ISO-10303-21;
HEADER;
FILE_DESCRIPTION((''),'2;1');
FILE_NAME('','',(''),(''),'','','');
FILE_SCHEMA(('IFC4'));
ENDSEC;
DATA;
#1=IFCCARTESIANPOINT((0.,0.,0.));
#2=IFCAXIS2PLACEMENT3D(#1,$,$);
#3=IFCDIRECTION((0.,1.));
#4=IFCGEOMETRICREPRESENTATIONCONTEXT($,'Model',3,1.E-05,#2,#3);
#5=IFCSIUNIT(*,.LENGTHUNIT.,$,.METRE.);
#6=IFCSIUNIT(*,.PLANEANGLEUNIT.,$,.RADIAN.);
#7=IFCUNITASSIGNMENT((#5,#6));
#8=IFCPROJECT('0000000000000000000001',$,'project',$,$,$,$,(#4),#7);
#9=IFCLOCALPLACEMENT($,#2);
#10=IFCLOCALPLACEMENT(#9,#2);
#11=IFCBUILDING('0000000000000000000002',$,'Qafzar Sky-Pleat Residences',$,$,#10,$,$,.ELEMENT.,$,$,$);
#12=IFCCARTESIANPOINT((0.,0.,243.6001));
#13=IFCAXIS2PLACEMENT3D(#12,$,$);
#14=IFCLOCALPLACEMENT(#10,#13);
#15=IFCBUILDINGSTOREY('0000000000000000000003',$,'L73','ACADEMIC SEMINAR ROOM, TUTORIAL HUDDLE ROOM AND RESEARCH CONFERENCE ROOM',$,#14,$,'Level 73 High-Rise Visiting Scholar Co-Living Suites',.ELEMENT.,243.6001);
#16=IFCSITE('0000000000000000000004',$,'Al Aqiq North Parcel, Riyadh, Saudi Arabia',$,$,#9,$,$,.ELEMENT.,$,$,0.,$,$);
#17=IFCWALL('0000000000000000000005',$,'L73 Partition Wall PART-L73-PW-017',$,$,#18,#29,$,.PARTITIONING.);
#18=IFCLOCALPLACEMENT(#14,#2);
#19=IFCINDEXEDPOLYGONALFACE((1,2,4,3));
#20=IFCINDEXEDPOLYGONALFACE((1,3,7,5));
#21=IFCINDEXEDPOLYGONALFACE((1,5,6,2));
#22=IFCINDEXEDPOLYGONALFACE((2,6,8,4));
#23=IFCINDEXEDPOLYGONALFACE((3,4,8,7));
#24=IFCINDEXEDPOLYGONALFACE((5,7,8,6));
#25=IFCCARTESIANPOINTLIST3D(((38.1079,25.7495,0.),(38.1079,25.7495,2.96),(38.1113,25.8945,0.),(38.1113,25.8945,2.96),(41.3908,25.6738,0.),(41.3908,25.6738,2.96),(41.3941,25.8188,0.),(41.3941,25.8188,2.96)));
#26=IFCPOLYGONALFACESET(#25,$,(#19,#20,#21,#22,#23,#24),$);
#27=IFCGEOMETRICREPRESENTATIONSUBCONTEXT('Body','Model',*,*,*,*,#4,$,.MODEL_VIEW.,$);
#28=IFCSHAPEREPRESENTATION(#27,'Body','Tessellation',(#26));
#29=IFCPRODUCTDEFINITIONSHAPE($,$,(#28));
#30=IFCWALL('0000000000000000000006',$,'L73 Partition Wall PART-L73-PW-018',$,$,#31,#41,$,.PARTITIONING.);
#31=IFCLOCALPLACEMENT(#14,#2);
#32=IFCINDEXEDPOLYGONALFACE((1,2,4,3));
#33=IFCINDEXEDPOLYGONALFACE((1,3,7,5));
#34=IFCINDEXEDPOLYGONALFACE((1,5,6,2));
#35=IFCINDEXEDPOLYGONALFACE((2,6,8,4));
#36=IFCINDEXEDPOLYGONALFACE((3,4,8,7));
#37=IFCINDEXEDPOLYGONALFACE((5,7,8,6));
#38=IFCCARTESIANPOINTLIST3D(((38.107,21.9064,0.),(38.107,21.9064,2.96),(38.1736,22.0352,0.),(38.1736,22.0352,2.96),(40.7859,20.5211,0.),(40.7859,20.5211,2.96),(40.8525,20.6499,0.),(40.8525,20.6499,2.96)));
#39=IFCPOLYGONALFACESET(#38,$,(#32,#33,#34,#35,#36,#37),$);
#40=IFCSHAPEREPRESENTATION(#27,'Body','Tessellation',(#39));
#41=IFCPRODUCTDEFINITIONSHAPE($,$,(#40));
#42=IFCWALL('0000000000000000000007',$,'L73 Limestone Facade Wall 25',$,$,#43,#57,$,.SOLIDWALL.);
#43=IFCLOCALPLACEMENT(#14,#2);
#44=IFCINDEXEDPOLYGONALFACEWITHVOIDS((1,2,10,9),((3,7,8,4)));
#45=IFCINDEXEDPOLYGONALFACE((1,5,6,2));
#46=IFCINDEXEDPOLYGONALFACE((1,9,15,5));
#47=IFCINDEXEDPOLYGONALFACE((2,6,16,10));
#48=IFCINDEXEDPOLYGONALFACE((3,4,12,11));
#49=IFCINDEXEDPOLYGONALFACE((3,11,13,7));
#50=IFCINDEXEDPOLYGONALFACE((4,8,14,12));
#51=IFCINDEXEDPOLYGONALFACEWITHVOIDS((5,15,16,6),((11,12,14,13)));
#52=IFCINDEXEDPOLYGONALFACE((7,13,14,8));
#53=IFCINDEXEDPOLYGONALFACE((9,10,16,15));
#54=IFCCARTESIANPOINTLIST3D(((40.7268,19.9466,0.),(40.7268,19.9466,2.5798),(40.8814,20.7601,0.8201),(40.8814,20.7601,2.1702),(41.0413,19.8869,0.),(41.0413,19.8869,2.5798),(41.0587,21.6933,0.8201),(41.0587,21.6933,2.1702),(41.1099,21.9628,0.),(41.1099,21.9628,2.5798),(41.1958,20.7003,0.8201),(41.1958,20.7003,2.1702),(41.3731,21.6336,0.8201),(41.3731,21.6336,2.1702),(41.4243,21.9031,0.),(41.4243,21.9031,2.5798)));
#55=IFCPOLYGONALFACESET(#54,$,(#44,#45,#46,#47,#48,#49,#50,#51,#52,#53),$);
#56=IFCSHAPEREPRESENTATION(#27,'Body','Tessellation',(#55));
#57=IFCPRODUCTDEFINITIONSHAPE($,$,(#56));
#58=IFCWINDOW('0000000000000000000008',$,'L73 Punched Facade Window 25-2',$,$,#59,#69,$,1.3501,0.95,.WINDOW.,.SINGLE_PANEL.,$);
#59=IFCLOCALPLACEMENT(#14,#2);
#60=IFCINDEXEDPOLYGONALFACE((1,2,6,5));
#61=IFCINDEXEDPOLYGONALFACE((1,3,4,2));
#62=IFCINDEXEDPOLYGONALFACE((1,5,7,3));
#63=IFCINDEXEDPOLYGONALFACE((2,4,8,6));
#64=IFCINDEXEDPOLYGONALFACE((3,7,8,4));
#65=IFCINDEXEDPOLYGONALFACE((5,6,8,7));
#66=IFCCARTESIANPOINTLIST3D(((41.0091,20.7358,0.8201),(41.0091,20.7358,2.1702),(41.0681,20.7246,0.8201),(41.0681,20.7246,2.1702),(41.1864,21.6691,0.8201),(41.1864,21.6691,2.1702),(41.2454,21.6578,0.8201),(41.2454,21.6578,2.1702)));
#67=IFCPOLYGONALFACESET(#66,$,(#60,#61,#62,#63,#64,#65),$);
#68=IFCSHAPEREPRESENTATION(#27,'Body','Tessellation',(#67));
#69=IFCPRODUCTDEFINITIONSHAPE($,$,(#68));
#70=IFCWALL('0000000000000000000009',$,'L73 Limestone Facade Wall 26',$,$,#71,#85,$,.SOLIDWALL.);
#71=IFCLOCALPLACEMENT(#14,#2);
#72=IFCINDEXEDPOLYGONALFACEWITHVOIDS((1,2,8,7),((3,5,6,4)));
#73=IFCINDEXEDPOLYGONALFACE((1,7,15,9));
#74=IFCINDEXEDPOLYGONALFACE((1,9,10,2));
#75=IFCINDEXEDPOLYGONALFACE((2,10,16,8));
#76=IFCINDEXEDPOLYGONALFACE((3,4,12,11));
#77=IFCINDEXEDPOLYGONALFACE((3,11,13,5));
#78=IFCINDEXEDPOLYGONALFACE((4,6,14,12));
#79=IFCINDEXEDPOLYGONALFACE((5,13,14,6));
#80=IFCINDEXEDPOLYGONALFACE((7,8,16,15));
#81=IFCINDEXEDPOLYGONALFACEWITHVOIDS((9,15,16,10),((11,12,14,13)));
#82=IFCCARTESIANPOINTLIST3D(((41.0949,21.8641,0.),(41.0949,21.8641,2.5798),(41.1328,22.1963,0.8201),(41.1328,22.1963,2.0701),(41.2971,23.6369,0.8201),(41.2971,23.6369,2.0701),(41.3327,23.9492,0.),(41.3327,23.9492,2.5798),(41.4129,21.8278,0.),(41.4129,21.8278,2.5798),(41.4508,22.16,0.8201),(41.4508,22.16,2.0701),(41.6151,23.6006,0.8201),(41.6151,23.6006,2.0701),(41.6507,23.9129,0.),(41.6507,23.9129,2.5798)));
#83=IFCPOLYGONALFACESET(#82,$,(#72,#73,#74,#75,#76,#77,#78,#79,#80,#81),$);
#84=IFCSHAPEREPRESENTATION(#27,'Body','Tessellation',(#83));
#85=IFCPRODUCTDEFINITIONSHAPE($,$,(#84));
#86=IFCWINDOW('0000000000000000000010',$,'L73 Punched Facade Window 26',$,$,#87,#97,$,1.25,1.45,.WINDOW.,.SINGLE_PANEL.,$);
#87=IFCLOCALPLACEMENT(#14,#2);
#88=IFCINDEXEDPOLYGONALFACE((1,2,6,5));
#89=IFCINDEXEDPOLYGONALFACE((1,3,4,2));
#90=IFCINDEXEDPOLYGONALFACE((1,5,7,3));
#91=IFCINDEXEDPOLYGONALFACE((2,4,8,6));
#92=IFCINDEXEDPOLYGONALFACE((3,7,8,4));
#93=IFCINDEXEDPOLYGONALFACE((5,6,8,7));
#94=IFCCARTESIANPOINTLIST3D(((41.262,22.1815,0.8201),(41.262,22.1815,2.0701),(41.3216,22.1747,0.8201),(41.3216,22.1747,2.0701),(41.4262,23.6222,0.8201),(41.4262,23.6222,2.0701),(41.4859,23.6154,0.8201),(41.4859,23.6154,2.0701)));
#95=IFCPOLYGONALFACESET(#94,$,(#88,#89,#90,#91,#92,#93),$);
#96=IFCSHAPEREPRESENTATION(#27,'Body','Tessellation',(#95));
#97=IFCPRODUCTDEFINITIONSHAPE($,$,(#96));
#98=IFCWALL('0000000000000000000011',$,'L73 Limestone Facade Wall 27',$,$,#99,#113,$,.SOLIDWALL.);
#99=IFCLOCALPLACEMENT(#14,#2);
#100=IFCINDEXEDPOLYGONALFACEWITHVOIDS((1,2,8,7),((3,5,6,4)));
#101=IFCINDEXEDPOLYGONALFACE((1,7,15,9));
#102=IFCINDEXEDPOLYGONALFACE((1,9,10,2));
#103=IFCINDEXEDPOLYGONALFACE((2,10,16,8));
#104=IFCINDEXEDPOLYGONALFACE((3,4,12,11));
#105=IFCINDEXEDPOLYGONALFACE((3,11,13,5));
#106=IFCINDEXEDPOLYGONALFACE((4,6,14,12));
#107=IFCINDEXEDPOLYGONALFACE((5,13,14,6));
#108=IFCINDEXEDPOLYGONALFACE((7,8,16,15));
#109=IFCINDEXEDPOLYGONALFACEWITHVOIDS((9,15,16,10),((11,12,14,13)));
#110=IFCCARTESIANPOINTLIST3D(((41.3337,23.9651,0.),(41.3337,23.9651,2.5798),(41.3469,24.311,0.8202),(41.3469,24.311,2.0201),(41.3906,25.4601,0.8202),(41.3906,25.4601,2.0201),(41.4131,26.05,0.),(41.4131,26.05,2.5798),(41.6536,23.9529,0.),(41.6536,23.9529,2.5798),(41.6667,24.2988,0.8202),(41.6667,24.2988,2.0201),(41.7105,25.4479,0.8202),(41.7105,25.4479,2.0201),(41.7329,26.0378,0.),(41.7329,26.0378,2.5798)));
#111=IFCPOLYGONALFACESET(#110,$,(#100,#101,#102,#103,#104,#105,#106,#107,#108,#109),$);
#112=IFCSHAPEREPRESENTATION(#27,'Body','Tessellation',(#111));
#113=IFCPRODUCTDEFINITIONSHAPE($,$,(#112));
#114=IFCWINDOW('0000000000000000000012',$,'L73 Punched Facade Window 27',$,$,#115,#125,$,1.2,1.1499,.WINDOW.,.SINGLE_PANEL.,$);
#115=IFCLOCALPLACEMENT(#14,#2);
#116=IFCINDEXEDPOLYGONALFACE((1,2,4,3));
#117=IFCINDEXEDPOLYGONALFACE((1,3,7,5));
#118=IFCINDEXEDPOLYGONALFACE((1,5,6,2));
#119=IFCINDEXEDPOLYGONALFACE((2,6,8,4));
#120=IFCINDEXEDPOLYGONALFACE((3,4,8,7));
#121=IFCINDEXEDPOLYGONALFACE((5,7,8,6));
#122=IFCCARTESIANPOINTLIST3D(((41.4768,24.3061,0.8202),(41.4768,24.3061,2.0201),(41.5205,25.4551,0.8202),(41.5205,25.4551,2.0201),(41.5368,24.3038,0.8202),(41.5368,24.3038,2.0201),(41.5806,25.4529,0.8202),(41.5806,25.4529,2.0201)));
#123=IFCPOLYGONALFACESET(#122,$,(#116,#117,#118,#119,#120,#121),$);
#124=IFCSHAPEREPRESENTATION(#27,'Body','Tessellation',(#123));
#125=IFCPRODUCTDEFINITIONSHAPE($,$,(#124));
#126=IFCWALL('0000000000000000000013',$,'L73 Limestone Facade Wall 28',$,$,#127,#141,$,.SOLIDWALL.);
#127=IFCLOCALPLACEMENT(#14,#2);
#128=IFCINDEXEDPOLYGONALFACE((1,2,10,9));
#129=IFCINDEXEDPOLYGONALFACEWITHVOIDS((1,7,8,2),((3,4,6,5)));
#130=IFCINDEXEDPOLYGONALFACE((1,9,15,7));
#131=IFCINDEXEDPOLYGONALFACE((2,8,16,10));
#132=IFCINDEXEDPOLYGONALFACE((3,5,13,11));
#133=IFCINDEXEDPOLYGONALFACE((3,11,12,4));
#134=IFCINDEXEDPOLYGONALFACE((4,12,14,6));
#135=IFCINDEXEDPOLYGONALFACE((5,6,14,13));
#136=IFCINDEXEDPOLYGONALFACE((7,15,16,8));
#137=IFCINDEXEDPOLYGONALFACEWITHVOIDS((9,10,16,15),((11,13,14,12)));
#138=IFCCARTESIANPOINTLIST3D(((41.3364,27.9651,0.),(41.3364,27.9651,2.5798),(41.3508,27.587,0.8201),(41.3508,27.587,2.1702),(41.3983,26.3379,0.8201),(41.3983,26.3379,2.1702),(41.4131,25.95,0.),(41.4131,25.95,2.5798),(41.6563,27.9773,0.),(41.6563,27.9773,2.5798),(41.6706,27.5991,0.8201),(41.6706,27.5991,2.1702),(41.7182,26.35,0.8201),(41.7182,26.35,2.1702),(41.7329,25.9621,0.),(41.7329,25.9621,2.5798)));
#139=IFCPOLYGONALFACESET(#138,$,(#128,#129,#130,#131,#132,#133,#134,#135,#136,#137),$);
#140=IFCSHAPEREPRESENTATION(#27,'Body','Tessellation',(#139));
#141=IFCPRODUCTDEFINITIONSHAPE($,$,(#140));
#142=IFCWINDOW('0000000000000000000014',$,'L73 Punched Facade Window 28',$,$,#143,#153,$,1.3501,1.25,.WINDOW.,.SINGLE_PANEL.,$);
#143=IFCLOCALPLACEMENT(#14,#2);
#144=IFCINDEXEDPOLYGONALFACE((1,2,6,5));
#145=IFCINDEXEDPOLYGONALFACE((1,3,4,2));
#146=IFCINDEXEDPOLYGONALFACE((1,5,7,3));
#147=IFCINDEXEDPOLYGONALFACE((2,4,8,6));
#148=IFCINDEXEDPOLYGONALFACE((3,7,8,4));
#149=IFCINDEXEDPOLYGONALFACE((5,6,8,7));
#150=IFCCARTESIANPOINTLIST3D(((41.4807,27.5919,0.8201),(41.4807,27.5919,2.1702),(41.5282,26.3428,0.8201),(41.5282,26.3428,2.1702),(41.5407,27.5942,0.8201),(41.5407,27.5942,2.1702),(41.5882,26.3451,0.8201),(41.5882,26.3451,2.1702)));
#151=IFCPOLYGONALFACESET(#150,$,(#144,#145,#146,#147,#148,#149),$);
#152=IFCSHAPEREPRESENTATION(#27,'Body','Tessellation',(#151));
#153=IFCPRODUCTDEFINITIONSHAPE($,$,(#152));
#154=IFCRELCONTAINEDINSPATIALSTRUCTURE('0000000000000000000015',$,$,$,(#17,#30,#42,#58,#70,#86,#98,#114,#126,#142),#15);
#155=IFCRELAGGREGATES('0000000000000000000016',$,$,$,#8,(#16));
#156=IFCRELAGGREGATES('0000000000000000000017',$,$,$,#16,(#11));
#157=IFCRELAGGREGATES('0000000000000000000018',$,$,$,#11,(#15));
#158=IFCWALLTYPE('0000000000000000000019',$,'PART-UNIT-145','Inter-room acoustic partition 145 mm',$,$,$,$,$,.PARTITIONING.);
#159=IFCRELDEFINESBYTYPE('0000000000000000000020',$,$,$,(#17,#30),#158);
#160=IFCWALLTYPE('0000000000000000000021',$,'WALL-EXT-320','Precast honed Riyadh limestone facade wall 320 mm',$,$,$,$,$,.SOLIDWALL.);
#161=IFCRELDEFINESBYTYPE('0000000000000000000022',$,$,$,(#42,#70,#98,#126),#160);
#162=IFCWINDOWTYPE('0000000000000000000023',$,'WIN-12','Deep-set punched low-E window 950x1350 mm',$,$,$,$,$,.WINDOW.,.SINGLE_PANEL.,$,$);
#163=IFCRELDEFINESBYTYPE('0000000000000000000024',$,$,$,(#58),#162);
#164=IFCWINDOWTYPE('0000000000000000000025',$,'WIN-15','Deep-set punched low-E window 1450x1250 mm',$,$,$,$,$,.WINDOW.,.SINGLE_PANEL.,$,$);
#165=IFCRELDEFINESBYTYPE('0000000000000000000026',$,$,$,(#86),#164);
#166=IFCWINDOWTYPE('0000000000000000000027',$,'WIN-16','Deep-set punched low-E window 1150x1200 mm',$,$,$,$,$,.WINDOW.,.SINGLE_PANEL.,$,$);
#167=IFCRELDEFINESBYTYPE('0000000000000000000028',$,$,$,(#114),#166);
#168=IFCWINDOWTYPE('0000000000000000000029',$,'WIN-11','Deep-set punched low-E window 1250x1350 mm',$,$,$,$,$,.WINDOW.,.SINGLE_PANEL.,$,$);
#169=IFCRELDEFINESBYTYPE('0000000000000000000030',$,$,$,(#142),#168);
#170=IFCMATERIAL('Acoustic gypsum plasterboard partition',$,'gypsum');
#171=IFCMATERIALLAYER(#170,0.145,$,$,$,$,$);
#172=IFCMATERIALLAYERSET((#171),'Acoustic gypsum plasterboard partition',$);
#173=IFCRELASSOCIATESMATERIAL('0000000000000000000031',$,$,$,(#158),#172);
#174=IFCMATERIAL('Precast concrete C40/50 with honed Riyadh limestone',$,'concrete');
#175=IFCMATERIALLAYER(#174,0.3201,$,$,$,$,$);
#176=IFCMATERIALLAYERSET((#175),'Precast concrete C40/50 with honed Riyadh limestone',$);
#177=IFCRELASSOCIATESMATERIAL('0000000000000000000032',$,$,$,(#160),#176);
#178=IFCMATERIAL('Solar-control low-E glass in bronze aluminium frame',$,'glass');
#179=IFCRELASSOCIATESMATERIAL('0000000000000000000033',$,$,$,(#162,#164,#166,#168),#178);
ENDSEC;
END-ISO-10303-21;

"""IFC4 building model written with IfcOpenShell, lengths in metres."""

from ifc_helpers import new_model, si_unit, direction, frame, frame_2d, origin, place, context, subcontext, project, spatial, rectangle, extrude, source, transform, mapped, material, layer, layer_set, type_object, element, fill, save


model = new_model("IFC4")

# Units and contexts
model_context = context("Model", 3, precision=1e-05, world=origin(), true_north=direction((0.0, 1.0)))
body_context = subcontext(model_context, "Body", "Model", "MODEL_VIEW")
ifc_project = project(units=[si_unit("LENGTHUNIT", "METRE"), si_unit("PLANEANGLEUNIT", "RADIAN")], contexts=[model_context])

# Site, building, storey
site_placement = place(None, origin())
site = spatial("IfcSite", under=ifc_project, at=site_placement, Name="Al Aqiq North Parcel, Riyadh, Saudi Arabia", CompositionType="ELEMENT", RefElevation=0.0)
building_placement = place(site_placement, origin())
building = spatial("IfcBuilding", under=site, at=building_placement, Name="Qafzar Sky-Pleat Residences", CompositionType="ELEMENT")
storey_placement = place(building_placement, frame((0.0, 0.0, 243.6001)))
storey = spatial("IfcBuildingStorey", under=building, at=storey_placement, Name="L73", Description="ACADEMIC SEMINAR ROOM, TUTORIAL HUDDLE ROOM AND RESEARCH CONFERENCE ROOM", LongName="Level 73 High-Rise Visiting Scholar Co-Living Suites", CompositionType="ELEMENT", Elevation=243.6001)

# Shared definitions
ifc_material_1 = material(Name="Acoustic gypsum plasterboard partition", Category="gypsum")

# Walls
ifc_layer_1 = layer(ifc_material_1, 0.145)
ifc_layer_set_1 = layer_set([ifc_layer_1], Name="Acoustic gypsum plasterboard partition")
wall_type_1 = type_object("IfcWallType", Name="PART-UNIT-145", Description="Inter-room acoustic partition 145 mm", PredefinedType="PARTITIONING", material=ifc_layer_set_1)
wall_1_placement = place(storey_placement, frame((38.1096, 25.822, 0.0), z_axis=(0.0, 0.0, 1.0), x_axis=(0.999734, -0.023049, 0.0)))
element("IfcWall", 1, at=wall_1_placement, inside=storey, type_object=wall_type_1, Name="L73 Partition Wall PART-L73-PW-017", PredefinedType="PARTITIONING", context=body_context, shape_type="SweptSolid", body=[
    extrude(rectangle(XDim=3.2837, YDim=0.145, at=frame_2d((1.6418, 0.0))), origin(), (0.0, 0.0, 1.0), 2.96),
])
wall_2_placement = place(storey_placement, frame((38.1404, 21.9707, 0.0), z_axis=(0.0, 0.0, 1.0), x_axis=(0.888273, -0.459315, 0.0)))
element("IfcWall", 2, at=wall_2_placement, inside=storey, type_object=wall_type_1, Name="L73 Partition Wall PART-L73-PW-018", PredefinedType="PARTITIONING", context=body_context, shape_type="SweptSolid", body=[
    extrude(rectangle(XDim=3.0159, YDim=0.145, at=frame_2d((1.5078, 0.0))), origin(), (0.0, 0.0, 1.0), 2.96),
])

# Walls, openings, windows
ifc_material_2 = material(Name="Precast concrete C40/50 with honed Riyadh limestone", Category="concrete")
ifc_layer_2 = layer(ifc_material_2, 0.3201)
ifc_layer_set_2 = layer_set([ifc_layer_2], Name="Precast concrete C40/50 with honed Riyadh limestone")
wall_type_2 = type_object("IfcWallType", Name="WALL-EXT-320", Description="Precast honed Riyadh limestone facade wall 320 mm", PredefinedType="SOLIDWALL", material=ifc_layer_set_2)
wall_3_placement = place(storey_placement, frame((40.884, 19.9167, 0.0), z_axis=(0.0, 0.0, 1.0), x_axis=(0.186658, 0.982425, 0.0)))
wall_3 = element("IfcWall", 3, at=wall_3_placement, inside=storey, type_object=wall_type_2, Name="L73 Limestone Facade Wall 25", PredefinedType="SOLIDWALL", context=body_context, shape_type="SweptSolid", body=[
    extrude(rectangle(XDim=2.0522, YDim=0.3201, at=frame_2d((1.0261, 0.0))), origin(), (0.0, 0.0, 1.0), 2.5798),
])
opening_1_placement = place(wall_3_placement, frame((0.8279, 0.0, 0.8201)))
opening_1 = element("IfcOpeningElement", 4, at=opening_1_placement, cuts=wall_3, PredefinedType="OPENING", context=body_context, shape_type="SweptSolid", body=[
    extrude(rectangle(XDim=0.95, YDim=1.3501, at=frame_2d((0.4751, 0.675))), frame((0.0, 0.1699, 0.0), z_axis=(0.0, -1.0, 0.0), x_axis=(1.0, 0.0, 0.0)), (0.0, 0.0, 1.0), 0.3401),
])
ifc_material_3 = material(Name="Solar-control low-E glass in bronze aluminium frame", Category="glass")
window_type_1 = type_object("IfcWindowType", Name="WIN-12", Description="Deep-set punched low-E window 950x1350 mm", PartitioningType="SINGLE_PANEL", PredefinedType="WINDOW", material=ifc_material_3)
shared_shape_1 = source(origin(), body_context, "Body", "SweptSolid", [
    extrude(rectangle(XDim=0.95, YDim=1.3501, at=frame_2d((0.4751, 0.675))), frame((0.0, 0.03, 0.0), z_axis=(0.0, -1.0, 0.0), x_axis=(1.0, 0.0, 0.0)), (0.0, 0.0, 1.0), 0.0601),
])
window_1_placement = place(opening_1_placement, origin())
window_1 = element("IfcWindow", 5, at=window_1_placement, inside=storey, type_object=window_type_1, Name="L73 Punched Facade Window 25-2", OverallHeight=1.3501, OverallWidth=0.95, PartitioningType="SINGLE_PANEL", PredefinedType="WINDOW", context=body_context, shape_type="MappedRepresentation", body=[
    mapped(shared_shape_1, transform((0.0, 0.0, 0.0), x_axis=(1.0, 0.0, 0.0), y_axis=(0.0, 1.0, 0.0), z_axis=(0.0, 0.0, 1.0), scale=1.0)),
])
fill(opening_1, window_1)
wall_4_placement = place(storey_placement, frame((41.2539, 21.8459, 0.0), z_axis=(0.0, 0.0, 1.0), x_axis=(0.113304, 0.99356, 0.0)))
wall_4 = element("IfcWall", 6, at=wall_4_placement, inside=storey, type_object=wall_type_2, Name="L73 Limestone Facade Wall 26", PredefinedType="SOLIDWALL", context=body_context, shape_type="SweptSolid", body=[
    extrude(rectangle(XDim=2.0986, YDim=0.3201, at=frame_2d((1.0493, 0.0))), origin(), (0.0, 0.0, 1.0), 2.5798),
])
opening_2_placement = place(wall_4_placement, frame((0.3342, 0.0, 0.8201)))
opening_2 = element("IfcOpeningElement", 7, at=opening_2_placement, cuts=wall_4, PredefinedType="OPENING", context=body_context, shape_type="SweptSolid", body=[
    extrude(rectangle(XDim=1.45, YDim=1.25, at=frame_2d((0.7251, 0.625))), frame((0.0, 0.1699, 0.0), z_axis=(0.0, -1.0, 0.0), x_axis=(1.0, 0.0, 0.0)), (0.0, 0.0, 1.0), 0.3401),
])
window_type_2 = type_object("IfcWindowType", Name="WIN-15", Description="Deep-set punched low-E window 1450x1250 mm", PartitioningType="SINGLE_PANEL", PredefinedType="WINDOW", material=ifc_material_3)
shared_shape_2 = source(origin(), body_context, "Body", "SweptSolid", [
    extrude(rectangle(XDim=1.45, YDim=1.25, at=frame_2d((0.7251, 0.625))), frame((0.0, 0.03, 0.0), z_axis=(0.0, -1.0, 0.0), x_axis=(1.0, 0.0, 0.0)), (0.0, 0.0, 1.0), 0.0601),
])
window_2_placement = place(opening_2_placement, origin())
window_2 = element("IfcWindow", 8, at=window_2_placement, inside=storey, type_object=window_type_2, Name="L73 Punched Facade Window 26", OverallHeight=1.25, OverallWidth=1.45, PartitioningType="SINGLE_PANEL", PredefinedType="WINDOW", context=body_context, shape_type="MappedRepresentation", body=[
    mapped(shared_shape_2, transform((0.0, 0.0, 0.0), x_axis=(1.0, 0.0, 0.0), y_axis=(0.0, 1.0, 0.0), z_axis=(0.0, 0.0, 1.0), scale=1.0)),
])
fill(opening_2, window_2)
wall_5_placement = place(storey_placement, frame((41.4937, 23.959, 0.0), z_axis=(0.0, 0.0, 1.0), x_axis=(0.038029, 0.999277, 0.0)))
wall_5 = element("IfcWall", 9, at=wall_5_placement, inside=storey, type_object=wall_type_2, Name="L73 Limestone Facade Wall 27", PredefinedType="SOLIDWALL", context=body_context, shape_type="SweptSolid", body=[
    extrude(rectangle(XDim=2.0864, YDim=0.3201, at=frame_2d((1.0432, 0.0))), origin(), (0.0, 0.0, 1.0), 2.5798),
])
opening_3_placement = place(wall_5_placement, frame((0.3462, 0.0, 0.8201)))
opening_3 = element("IfcOpeningElement", 10, at=opening_3_placement, cuts=wall_5, PredefinedType="OPENING", context=body_context, shape_type="SweptSolid", body=[
    extrude(rectangle(XDim=1.1499, YDim=1.2, at=frame_2d((0.575, 0.6001))), frame((0.0, 0.1699, 0.0), z_axis=(0.0, -1.0, 0.0), x_axis=(1.0, 0.0, 0.0)), (0.0, 0.0, 1.0), 0.3401),
])
window_type_3 = type_object("IfcWindowType", Name="WIN-16", Description="Deep-set punched low-E window 1150x1200 mm", PartitioningType="SINGLE_PANEL", PredefinedType="WINDOW", material=ifc_material_3)
shared_shape_3 = source(origin(), body_context, "Body", "SweptSolid", [
    extrude(rectangle(XDim=1.1499, YDim=1.2, at=frame_2d((0.575, 0.6001))), frame((0.0, 0.03, 0.0), z_axis=(0.0, -1.0, 0.0), x_axis=(1.0, 0.0, 0.0)), (0.0, 0.0, 1.0), 0.0601),
])
window_3_placement = place(opening_3_placement, origin())
window_3 = element("IfcWindow", 11, at=window_3_placement, inside=storey, type_object=window_type_3, Name="L73 Punched Facade Window 27", OverallHeight=1.2, OverallWidth=1.1499, PartitioningType="SINGLE_PANEL", PredefinedType="WINDOW", context=body_context, shape_type="MappedRepresentation", body=[
    mapped(shared_shape_3, transform((0.0, 0.0, 0.0), x_axis=(1.0, 0.0, 0.0), y_axis=(0.0, 1.0, 0.0), z_axis=(0.0, 0.0, 1.0), scale=1.0)),
])
fill(opening_3, window_3)
wall_6_placement = place(storey_placement, frame((41.573, 25.9561, 0.0), z_axis=(0.0, 0.0, 1.0), x_axis=(-0.038015, 0.999277, 0.0)))
wall_6 = element("IfcWall", 12, at=wall_6_placement, inside=storey, type_object=wall_type_2, Name="L73 Limestone Facade Wall 28", PredefinedType="SOLIDWALL", context=body_context, shape_type="SweptSolid", body=[
    extrude(rectangle(XDim=2.0166, YDim=0.3201, at=frame_2d((1.0083, 0.0))), origin(), (0.0, 0.0, 1.0), 2.5798),
])
opening_4_placement = place(wall_6_placement, frame((0.3882, 0.0, 0.8201)))
opening_4 = element("IfcOpeningElement", 13, at=opening_4_placement, cuts=wall_6, PredefinedType="OPENING", context=body_context, shape_type="SweptSolid", body=[
    extrude(rectangle(XDim=1.25, YDim=1.3501, at=frame_2d((0.625, 0.675))), frame((0.0, 0.1699, 0.0), z_axis=(0.0, -1.0, 0.0), x_axis=(1.0, 0.0, 0.0)), (0.0, 0.0, 1.0), 0.3401),
])
window_type_4 = type_object("IfcWindowType", Name="WIN-11", Description="Deep-set punched low-E window 1250x1350 mm", PartitioningType="SINGLE_PANEL", PredefinedType="WINDOW", material=ifc_material_3)
shared_shape_4 = source(origin(), body_context, "Body", "SweptSolid", [
    extrude(rectangle(XDim=1.25, YDim=1.3501, at=frame_2d((0.625, 0.675))), frame((0.0, 0.03, 0.0), z_axis=(0.0, -1.0, 0.0), x_axis=(1.0, 0.0, 0.0)), (0.0, 0.0, 1.0), 0.0601),
])
window_4_placement = place(opening_4_placement, origin())
window_4 = element("IfcWindow", 14, at=window_4_placement, inside=storey, type_object=window_type_4, Name="L73 Punched Facade Window 28", OverallHeight=1.3501, OverallWidth=1.25, PartitioningType="SINGLE_PANEL", PredefinedType="WINDOW", context=body_context, shape_type="MappedRepresentation", body=[
    mapped(shared_shape_4, transform((0.0, 0.0, 0.0), x_axis=(1.0, 0.0, 0.0), y_axis=(0.0, 1.0, 0.0), z_axis=(0.0, 0.0, 1.0), scale=1.0)),
])
fill(opening_4, window_4)

save(model, "model.ifc")
